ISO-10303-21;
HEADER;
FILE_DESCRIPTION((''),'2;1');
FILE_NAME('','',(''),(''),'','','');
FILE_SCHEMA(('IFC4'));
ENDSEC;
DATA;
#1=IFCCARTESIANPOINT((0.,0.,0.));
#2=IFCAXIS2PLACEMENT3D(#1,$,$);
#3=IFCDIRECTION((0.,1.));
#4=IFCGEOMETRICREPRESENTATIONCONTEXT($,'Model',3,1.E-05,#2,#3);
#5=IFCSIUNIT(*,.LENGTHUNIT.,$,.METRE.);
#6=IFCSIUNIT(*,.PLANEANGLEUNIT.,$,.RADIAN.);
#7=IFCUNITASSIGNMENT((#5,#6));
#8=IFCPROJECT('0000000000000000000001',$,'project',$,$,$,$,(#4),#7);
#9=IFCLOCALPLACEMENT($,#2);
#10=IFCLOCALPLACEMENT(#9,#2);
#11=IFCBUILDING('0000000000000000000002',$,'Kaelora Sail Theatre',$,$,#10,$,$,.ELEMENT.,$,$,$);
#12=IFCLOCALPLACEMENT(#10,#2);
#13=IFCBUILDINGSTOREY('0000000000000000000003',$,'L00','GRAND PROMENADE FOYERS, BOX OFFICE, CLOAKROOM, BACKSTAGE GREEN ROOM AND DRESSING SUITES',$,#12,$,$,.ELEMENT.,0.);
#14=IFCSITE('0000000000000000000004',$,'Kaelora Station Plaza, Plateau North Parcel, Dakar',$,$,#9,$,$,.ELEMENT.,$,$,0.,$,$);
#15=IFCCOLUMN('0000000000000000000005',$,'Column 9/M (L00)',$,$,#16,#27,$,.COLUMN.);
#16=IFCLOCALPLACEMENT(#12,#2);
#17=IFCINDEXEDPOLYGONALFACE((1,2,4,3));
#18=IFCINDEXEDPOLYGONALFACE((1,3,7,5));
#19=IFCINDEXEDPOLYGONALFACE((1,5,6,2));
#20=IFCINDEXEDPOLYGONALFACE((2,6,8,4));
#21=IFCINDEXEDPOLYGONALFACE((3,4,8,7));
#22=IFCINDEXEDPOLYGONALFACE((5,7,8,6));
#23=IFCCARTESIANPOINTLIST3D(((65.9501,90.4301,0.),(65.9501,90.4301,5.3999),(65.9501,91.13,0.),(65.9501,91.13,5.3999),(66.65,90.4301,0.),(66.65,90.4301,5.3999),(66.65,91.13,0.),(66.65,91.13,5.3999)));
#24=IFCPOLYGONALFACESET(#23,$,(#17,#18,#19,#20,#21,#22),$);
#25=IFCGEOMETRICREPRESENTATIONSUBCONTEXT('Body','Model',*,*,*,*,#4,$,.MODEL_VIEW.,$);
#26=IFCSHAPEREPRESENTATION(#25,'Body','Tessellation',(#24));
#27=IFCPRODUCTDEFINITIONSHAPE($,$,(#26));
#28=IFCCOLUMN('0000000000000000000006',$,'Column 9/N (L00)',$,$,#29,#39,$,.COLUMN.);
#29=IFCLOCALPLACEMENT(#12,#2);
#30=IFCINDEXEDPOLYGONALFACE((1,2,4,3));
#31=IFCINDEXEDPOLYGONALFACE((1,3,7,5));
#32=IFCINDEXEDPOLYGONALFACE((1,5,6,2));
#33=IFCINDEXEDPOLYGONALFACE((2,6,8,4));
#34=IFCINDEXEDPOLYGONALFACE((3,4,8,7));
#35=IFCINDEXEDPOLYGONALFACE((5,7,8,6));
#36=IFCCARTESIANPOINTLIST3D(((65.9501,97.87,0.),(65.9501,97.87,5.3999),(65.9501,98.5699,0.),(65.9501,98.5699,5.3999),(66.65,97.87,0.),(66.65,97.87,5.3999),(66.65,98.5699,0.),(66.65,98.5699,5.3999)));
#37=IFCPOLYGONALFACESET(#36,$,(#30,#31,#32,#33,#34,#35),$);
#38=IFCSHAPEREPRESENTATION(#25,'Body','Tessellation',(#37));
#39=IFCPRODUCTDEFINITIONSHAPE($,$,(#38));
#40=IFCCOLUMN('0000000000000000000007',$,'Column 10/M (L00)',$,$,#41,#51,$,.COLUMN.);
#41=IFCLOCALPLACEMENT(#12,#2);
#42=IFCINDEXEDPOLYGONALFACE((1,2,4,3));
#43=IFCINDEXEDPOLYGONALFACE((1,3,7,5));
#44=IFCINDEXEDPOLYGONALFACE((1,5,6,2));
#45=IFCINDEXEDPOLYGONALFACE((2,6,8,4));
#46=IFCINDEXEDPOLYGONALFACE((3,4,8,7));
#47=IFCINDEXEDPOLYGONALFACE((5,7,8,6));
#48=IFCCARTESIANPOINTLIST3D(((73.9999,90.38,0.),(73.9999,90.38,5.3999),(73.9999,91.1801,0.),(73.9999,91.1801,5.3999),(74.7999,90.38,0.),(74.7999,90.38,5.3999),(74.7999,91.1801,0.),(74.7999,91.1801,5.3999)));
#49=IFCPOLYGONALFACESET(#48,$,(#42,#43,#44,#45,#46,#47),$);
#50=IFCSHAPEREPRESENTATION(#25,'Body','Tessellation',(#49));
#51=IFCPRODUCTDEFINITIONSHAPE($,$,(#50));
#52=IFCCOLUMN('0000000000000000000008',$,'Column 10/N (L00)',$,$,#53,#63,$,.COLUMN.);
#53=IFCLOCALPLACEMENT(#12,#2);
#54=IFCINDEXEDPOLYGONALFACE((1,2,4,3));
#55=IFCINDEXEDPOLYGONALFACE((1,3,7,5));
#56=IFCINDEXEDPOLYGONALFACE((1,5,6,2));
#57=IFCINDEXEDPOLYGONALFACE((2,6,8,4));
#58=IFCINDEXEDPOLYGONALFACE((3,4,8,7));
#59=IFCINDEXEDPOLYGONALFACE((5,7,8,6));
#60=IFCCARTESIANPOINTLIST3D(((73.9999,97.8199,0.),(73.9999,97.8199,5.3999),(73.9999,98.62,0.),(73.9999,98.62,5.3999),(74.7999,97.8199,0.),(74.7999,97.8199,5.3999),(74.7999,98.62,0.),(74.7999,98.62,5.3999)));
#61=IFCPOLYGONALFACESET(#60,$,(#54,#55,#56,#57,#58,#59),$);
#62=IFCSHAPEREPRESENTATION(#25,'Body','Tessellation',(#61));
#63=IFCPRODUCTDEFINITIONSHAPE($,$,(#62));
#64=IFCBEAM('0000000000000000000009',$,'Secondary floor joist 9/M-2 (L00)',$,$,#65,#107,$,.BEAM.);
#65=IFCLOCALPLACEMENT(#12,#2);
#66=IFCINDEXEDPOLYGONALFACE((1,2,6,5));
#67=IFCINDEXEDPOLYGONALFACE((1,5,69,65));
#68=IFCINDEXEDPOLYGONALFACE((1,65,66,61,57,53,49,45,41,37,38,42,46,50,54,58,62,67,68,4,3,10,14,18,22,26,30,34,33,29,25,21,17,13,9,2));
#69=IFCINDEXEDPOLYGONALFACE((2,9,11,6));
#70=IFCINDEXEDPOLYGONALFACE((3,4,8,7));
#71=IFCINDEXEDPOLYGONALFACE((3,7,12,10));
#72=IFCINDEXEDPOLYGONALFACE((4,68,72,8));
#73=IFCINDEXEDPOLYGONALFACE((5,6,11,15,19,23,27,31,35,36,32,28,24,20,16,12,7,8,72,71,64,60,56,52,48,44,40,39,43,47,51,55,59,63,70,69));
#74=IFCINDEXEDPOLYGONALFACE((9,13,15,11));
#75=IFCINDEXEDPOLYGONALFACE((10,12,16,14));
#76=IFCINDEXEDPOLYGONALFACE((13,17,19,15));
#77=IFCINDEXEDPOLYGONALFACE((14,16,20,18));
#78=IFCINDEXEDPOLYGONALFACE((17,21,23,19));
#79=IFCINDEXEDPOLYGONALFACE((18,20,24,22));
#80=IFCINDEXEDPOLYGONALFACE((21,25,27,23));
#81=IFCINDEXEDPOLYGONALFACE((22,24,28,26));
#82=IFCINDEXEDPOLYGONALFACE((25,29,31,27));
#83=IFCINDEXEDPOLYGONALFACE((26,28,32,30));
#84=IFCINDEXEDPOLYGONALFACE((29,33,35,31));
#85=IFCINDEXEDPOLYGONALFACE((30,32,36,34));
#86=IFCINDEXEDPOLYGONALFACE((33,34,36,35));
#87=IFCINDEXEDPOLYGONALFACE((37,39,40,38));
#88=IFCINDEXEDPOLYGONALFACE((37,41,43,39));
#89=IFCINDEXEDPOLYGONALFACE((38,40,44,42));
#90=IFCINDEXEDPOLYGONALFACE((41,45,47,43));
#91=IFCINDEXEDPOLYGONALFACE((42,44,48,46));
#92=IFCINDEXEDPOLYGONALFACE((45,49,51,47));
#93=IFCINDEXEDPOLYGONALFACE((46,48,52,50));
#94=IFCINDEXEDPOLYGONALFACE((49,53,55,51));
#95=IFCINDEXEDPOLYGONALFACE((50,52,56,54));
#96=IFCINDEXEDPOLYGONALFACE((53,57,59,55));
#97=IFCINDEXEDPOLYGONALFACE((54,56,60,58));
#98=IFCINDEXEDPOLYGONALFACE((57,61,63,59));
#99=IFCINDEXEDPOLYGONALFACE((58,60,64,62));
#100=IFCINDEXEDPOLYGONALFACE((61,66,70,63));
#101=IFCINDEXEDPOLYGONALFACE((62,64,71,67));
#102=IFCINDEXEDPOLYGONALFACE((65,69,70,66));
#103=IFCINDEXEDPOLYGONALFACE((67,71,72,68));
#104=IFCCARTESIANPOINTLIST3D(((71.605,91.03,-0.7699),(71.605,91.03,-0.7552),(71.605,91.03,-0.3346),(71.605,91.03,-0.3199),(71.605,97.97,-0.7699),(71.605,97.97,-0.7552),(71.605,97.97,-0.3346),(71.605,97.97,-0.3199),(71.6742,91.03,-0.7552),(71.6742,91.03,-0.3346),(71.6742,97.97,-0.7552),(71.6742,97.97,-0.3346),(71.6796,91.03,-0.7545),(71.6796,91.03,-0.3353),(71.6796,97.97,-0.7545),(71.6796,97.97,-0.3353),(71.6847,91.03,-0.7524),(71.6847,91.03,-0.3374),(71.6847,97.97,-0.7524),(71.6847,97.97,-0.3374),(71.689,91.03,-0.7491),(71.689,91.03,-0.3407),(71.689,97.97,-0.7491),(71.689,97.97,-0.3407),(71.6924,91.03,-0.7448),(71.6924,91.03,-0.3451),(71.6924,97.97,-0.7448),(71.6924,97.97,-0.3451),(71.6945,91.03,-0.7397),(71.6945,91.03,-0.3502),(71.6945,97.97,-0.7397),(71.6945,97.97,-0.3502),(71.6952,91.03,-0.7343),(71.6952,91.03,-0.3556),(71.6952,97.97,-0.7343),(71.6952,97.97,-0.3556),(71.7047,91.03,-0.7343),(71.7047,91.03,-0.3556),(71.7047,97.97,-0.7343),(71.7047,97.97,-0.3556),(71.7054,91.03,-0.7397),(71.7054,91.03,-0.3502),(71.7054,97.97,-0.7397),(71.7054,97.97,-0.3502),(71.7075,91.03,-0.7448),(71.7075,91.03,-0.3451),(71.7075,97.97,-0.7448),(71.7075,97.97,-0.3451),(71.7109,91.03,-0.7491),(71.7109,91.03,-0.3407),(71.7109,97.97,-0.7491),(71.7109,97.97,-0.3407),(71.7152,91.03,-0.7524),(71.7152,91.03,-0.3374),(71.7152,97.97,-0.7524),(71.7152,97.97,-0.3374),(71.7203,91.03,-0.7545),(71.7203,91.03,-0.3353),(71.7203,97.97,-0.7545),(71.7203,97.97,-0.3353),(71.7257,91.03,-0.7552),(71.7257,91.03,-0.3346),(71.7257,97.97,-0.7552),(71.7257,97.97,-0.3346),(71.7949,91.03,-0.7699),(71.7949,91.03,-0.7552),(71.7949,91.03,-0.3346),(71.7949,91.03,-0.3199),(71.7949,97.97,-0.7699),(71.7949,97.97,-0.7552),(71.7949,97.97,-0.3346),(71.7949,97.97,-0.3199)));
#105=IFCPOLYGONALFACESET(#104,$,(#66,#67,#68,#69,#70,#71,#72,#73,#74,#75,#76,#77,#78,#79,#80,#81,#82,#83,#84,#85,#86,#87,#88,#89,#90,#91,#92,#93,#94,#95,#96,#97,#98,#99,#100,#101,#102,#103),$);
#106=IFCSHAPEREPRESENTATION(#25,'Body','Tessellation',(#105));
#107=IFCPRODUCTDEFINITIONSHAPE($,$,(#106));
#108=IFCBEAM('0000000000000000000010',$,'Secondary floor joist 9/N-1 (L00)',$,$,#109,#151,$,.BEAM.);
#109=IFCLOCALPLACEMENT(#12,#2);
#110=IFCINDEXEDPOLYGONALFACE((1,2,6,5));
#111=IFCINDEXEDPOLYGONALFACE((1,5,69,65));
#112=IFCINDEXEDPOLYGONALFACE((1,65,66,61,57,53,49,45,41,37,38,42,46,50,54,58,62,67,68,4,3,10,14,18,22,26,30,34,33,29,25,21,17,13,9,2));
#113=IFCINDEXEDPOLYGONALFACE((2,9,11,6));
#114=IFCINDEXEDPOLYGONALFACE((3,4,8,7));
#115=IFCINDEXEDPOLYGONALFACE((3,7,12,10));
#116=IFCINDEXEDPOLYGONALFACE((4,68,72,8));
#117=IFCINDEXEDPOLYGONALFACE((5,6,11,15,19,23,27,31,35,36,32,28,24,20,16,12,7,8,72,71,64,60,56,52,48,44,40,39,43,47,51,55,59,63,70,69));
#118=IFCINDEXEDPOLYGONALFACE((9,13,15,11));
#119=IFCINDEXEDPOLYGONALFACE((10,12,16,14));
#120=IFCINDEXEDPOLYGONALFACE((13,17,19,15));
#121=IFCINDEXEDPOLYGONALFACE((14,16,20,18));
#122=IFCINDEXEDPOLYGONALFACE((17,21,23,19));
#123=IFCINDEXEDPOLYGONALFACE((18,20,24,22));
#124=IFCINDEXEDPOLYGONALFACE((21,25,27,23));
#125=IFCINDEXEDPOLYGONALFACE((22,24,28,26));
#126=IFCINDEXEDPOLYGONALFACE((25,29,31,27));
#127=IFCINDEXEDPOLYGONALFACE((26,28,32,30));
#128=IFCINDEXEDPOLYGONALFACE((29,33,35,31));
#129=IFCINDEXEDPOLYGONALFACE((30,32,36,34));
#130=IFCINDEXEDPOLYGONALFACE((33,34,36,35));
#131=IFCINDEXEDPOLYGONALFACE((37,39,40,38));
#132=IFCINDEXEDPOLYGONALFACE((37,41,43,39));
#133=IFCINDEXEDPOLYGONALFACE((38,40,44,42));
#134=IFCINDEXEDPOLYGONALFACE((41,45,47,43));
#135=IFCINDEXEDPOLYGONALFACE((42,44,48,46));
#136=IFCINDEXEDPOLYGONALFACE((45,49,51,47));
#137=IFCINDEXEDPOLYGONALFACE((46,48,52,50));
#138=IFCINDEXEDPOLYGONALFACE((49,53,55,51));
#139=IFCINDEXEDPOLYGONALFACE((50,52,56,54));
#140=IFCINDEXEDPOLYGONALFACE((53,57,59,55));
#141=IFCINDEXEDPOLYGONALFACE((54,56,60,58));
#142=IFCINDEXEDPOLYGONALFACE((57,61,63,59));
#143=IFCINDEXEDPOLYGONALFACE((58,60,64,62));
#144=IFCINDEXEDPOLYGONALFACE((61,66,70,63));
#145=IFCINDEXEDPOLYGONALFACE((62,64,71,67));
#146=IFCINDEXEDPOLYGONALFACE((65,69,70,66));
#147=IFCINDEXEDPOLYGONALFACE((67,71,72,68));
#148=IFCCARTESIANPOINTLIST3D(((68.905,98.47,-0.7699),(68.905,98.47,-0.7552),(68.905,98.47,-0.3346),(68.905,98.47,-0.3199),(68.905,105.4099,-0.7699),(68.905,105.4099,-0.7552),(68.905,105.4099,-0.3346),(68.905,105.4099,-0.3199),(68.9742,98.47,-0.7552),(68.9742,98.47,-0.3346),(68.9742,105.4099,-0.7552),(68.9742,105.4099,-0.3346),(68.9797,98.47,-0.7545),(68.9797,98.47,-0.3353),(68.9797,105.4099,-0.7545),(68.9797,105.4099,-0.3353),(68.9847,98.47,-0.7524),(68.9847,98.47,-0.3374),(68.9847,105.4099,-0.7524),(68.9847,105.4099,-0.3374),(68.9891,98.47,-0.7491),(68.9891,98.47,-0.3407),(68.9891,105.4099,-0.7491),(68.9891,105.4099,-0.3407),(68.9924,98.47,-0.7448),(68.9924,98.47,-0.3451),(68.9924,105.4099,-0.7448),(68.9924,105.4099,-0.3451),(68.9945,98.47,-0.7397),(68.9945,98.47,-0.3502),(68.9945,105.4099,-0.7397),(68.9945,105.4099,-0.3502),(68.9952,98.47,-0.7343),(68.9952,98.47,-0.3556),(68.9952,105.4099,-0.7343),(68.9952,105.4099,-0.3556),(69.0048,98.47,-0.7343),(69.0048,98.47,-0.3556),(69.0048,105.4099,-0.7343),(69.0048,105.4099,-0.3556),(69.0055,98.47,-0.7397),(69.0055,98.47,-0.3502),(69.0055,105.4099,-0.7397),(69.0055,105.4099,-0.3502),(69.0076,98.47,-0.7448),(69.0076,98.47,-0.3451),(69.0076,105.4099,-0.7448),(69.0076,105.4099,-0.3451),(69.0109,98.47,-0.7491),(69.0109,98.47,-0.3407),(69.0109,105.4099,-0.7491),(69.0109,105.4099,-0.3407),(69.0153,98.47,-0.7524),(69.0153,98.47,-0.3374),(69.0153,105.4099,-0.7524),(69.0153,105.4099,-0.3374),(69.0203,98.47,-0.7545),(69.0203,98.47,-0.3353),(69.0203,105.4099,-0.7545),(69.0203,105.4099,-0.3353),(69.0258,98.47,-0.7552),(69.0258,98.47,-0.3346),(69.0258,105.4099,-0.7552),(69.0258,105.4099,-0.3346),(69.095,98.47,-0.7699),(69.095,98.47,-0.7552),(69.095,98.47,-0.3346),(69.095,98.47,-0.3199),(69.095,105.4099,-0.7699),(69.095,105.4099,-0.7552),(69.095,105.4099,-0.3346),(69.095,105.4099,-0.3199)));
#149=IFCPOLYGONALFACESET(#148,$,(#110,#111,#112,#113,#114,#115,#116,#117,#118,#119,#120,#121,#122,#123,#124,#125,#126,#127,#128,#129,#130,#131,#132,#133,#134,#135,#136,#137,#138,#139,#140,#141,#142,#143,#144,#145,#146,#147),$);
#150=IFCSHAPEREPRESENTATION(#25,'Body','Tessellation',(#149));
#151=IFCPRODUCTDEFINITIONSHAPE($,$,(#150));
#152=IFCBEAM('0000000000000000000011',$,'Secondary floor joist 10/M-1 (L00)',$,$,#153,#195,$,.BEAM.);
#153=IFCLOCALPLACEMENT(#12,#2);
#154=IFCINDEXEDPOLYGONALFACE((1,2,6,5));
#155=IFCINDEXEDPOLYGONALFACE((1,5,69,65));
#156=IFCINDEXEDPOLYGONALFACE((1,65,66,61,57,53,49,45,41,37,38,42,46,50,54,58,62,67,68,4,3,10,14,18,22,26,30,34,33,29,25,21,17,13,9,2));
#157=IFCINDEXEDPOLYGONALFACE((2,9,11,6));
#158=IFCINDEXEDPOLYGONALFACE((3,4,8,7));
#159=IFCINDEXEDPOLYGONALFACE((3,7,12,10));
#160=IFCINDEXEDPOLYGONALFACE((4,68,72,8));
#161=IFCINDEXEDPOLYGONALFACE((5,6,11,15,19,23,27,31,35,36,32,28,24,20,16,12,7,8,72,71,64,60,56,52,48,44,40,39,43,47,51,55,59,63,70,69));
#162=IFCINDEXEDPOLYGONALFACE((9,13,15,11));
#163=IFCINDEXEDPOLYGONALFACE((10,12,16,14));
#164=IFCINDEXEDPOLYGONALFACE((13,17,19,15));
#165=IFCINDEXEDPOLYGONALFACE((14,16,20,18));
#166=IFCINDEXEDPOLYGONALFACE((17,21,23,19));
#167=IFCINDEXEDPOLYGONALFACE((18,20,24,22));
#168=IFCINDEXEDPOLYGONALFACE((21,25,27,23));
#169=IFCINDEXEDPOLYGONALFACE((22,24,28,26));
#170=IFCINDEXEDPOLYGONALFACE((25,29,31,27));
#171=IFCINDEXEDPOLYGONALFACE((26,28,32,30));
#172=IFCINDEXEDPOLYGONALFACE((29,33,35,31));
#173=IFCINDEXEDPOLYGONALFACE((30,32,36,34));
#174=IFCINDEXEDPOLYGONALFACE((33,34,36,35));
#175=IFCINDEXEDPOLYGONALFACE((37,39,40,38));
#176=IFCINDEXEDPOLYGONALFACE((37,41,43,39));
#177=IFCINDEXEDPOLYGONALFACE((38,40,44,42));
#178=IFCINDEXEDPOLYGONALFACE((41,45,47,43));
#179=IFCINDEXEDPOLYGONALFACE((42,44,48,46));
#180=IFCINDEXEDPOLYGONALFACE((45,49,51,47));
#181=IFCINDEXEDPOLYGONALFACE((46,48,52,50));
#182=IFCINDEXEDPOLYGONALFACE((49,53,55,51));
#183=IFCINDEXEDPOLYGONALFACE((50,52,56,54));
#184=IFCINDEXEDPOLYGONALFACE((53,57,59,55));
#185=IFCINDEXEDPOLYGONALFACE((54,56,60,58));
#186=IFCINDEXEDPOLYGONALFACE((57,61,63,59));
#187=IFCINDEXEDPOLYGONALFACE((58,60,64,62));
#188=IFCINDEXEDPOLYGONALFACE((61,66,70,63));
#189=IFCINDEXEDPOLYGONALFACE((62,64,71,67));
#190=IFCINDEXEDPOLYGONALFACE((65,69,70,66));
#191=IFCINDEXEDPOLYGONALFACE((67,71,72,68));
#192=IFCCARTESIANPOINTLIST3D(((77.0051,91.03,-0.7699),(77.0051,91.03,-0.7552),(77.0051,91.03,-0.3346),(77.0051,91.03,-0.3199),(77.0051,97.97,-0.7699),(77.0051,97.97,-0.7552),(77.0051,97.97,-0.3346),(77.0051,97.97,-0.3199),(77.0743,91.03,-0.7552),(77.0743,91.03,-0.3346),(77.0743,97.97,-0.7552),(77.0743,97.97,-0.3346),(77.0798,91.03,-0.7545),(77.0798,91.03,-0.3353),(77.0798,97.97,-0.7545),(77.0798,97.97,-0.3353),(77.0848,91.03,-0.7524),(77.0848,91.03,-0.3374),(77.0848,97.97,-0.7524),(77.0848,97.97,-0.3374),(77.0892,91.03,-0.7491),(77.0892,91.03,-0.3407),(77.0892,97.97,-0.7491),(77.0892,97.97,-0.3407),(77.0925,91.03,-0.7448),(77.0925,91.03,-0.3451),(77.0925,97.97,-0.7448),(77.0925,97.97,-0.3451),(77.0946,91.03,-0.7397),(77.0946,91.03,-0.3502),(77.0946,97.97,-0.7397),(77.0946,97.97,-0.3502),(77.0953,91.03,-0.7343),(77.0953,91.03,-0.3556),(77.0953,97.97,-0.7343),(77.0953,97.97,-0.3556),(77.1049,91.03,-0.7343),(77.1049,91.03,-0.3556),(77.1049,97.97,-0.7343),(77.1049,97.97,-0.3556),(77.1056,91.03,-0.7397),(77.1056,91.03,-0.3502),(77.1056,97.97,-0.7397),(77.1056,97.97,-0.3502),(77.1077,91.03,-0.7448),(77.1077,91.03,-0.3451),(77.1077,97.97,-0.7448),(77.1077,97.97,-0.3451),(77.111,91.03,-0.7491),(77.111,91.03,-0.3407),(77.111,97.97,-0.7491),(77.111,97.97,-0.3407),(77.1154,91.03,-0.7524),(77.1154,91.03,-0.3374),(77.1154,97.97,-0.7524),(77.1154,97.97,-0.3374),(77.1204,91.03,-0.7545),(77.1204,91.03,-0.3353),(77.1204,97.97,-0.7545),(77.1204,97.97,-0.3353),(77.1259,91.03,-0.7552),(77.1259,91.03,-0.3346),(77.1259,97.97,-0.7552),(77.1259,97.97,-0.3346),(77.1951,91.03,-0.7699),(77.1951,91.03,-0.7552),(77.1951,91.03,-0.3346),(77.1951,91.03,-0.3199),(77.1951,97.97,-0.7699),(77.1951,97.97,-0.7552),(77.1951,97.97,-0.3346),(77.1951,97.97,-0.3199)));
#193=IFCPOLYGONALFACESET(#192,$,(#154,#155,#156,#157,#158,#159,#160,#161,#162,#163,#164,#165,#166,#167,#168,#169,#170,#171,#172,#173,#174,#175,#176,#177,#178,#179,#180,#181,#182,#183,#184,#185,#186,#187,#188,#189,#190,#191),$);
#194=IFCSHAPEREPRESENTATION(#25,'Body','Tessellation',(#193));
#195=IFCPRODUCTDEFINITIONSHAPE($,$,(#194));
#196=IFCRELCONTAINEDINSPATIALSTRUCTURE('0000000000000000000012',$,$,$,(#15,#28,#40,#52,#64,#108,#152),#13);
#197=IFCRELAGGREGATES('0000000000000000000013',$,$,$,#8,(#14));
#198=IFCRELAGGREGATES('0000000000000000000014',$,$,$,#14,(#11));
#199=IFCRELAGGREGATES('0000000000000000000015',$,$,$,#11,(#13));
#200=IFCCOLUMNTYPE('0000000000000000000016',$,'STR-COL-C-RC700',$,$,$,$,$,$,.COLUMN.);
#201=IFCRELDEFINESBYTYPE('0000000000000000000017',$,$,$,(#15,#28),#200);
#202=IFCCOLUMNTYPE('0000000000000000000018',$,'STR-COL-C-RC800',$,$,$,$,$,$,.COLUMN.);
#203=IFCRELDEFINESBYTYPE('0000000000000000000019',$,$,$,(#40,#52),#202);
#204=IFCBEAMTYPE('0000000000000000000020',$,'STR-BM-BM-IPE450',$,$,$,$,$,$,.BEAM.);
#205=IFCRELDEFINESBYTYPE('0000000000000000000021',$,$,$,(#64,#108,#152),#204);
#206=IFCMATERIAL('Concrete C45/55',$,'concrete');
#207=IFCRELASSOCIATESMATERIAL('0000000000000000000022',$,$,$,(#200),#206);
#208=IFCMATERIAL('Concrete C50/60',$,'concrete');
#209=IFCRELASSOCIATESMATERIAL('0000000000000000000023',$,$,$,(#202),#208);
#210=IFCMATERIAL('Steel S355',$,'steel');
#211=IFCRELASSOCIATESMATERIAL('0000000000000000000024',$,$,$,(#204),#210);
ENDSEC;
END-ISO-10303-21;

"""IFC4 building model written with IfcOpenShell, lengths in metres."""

from ifc_helpers import new_model, si_unit, direction, frame, origin, origin_2d, place, context, subcontext, project, spatial, rectangle, i_section, extrude, material, material_profile, profile_set, type_object, element, save


model = new_model("IFC4")

# Units and contexts
model_context = context("Model", 3, precision=1e-05, world=origin(), true_north=direction((0.0, 1.0)))
body_context = subcontext(model_context, "Body", "Model", "MODEL_VIEW")
ifc_project = project(units=[si_unit("LENGTHUNIT", "METRE"), si_unit("PLANEANGLEUNIT", "RADIAN")], contexts=[model_context])

# Site, building, storey
site_placement = place(None, origin())
site = spatial("IfcSite", under=ifc_project, at=site_placement, Name="Kaelora Station Plaza, Plateau North Parcel, Dakar", CompositionType="ELEMENT", RefElevation=0.0)
building_placement = place(site_placement, origin())
building = spatial("IfcBuilding", under=site, at=building_placement, Name="Kaelora Sail Theatre", CompositionType="ELEMENT")
storey_placement = place(building_placement, origin())
storey = spatial("IfcBuildingStorey", under=building, at=storey_placement, Name="L00", Description="GRAND PROMENADE FOYERS, BOX OFFICE, CLOAKROOM, BACKSTAGE GREEN ROOM AND DRESSING SUITES", CompositionType="ELEMENT", Elevation=0.0)

# Columns
ifc_material_1 = material(Name="Concrete C45/55", Category="concrete")
ifc_material_profile_1 = material_profile(ifc_material_1, rectangle(XDim=0.7, YDim=0.7, at=origin_2d()), Name="RC-COL 700x700")
ifc_profile_set_1 = profile_set([ifc_material_profile_1], Name="Concrete C45/55")
column_type_1 = type_object("IfcColumnType", Name="STR-COL-C-RC700", PredefinedType="COLUMN", material=ifc_profile_set_1)
for number, where, z_axis, x_axis, name in (
    (1, (66.3, 90.78, 0.0), (0.0, 0.0, 1.0), (1.0, 0.0, 0.0), "Column 9/M (L00)"),
    (2, (66.3, 98.22, 0.0), (0.0, 0.0, 1.0), (1.0, 0.0, 0.0), "Column 9/N (L00)"),
):
    element("IfcColumn", number, at=place(storey_placement, frame(where, z_axis=z_axis, x_axis=x_axis)), inside=storey, type_object=column_type_1, Name=name, PredefinedType="COLUMN", context=body_context, shape_type="SweptSolid", body=[
        extrude(rectangle(XDim=0.7, YDim=0.7, at=origin_2d()), origin(), (0.0, 0.0, 1.0), 5.3999),
    ])
ifc_material_2 = material(Name="Concrete C50/60", Category="concrete")
ifc_material_profile_2 = material_profile(ifc_material_2, rectangle(XDim=0.8, YDim=0.8, at=origin_2d()), Name="RC-COL 800x800")
ifc_profile_set_2 = profile_set([ifc_material_profile_2], Name="Concrete C50/60")
column_type_2 = type_object("IfcColumnType", Name="STR-COL-C-RC800", PredefinedType="COLUMN", material=ifc_profile_set_2)
for number, where, z_axis, x_axis, name in (
    (3, (74.3999, 90.78, 0.0), (0.0, 0.0, 1.0), (1.0, 0.0, 0.0), "Column 10/M (L00)"),
    (4, (74.3999, 98.22, 0.0), (0.0, 0.0, 1.0), (1.0, 0.0, 0.0), "Column 10/N (L00)"),
):
    element("IfcColumn", number, at=place(storey_placement, frame(where, z_axis=z_axis, x_axis=x_axis)), inside=storey, type_object=column_type_2, Name=name, PredefinedType="COLUMN", context=body_context, shape_type="SweptSolid", body=[
        extrude(rectangle(XDim=0.8, YDim=0.8, at=origin_2d()), origin(), (0.0, 0.0, 1.0), 5.3999),
    ])

# Beams
ifc_material_3 = material(Name="Steel S355", Category="steel")
ifc_material_profile_3 = material_profile(ifc_material_3, i_section(OverallWidth=0.1899, OverallDepth=0.45, WebThickness=0.0095, FlangeThickness=0.0146, FilletRadius=0.021, at=origin_2d()), Name="IPE 450")
ifc_profile_set_3 = profile_set([ifc_material_profile_3], Name="Steel S355")
beam_type_1 = type_object("IfcBeamType", Name="STR-BM-BM-IPE450", PredefinedType="BEAM", material=ifc_profile_set_3)
for number, where, z_axis, x_axis, name in (
    (5, (71.7, 91.03, -0.5449), (0.0, 1.0, 0.0), (-1.0, 0.0, 0.0), "Secondary floor joist 9/M-2 (L00)"),
    (6, (69.0, 98.47, -0.5449), (0.0, 1.0, 0.0), (-1.0, 0.0, 0.0), "Secondary floor joist 9/N-1 (L00)"),
    (7, (77.1001, 91.03, -0.5449), (0.0, 1.0, 0.0), (-1.0, 0.0, 0.0), "Secondary floor joist 10/M-1 (L00)"),
):
    element("IfcBeam", number, at=place(storey_placement, frame(where, z_axis=z_axis, x_axis=x_axis)), inside=storey, type_object=beam_type_1, Name=name, PredefinedType="BEAM", context=body_context, shape_type="SweptSolid", body=[
        extrude(i_section(OverallWidth=0.1899, OverallDepth=0.45, WebThickness=0.0095, FlangeThickness=0.0146, FilletRadius=0.021, at=origin_2d()), origin(), (0.0, 0.0, 1.0), 6.9399),
    ])

save(model, "model.ifc")
